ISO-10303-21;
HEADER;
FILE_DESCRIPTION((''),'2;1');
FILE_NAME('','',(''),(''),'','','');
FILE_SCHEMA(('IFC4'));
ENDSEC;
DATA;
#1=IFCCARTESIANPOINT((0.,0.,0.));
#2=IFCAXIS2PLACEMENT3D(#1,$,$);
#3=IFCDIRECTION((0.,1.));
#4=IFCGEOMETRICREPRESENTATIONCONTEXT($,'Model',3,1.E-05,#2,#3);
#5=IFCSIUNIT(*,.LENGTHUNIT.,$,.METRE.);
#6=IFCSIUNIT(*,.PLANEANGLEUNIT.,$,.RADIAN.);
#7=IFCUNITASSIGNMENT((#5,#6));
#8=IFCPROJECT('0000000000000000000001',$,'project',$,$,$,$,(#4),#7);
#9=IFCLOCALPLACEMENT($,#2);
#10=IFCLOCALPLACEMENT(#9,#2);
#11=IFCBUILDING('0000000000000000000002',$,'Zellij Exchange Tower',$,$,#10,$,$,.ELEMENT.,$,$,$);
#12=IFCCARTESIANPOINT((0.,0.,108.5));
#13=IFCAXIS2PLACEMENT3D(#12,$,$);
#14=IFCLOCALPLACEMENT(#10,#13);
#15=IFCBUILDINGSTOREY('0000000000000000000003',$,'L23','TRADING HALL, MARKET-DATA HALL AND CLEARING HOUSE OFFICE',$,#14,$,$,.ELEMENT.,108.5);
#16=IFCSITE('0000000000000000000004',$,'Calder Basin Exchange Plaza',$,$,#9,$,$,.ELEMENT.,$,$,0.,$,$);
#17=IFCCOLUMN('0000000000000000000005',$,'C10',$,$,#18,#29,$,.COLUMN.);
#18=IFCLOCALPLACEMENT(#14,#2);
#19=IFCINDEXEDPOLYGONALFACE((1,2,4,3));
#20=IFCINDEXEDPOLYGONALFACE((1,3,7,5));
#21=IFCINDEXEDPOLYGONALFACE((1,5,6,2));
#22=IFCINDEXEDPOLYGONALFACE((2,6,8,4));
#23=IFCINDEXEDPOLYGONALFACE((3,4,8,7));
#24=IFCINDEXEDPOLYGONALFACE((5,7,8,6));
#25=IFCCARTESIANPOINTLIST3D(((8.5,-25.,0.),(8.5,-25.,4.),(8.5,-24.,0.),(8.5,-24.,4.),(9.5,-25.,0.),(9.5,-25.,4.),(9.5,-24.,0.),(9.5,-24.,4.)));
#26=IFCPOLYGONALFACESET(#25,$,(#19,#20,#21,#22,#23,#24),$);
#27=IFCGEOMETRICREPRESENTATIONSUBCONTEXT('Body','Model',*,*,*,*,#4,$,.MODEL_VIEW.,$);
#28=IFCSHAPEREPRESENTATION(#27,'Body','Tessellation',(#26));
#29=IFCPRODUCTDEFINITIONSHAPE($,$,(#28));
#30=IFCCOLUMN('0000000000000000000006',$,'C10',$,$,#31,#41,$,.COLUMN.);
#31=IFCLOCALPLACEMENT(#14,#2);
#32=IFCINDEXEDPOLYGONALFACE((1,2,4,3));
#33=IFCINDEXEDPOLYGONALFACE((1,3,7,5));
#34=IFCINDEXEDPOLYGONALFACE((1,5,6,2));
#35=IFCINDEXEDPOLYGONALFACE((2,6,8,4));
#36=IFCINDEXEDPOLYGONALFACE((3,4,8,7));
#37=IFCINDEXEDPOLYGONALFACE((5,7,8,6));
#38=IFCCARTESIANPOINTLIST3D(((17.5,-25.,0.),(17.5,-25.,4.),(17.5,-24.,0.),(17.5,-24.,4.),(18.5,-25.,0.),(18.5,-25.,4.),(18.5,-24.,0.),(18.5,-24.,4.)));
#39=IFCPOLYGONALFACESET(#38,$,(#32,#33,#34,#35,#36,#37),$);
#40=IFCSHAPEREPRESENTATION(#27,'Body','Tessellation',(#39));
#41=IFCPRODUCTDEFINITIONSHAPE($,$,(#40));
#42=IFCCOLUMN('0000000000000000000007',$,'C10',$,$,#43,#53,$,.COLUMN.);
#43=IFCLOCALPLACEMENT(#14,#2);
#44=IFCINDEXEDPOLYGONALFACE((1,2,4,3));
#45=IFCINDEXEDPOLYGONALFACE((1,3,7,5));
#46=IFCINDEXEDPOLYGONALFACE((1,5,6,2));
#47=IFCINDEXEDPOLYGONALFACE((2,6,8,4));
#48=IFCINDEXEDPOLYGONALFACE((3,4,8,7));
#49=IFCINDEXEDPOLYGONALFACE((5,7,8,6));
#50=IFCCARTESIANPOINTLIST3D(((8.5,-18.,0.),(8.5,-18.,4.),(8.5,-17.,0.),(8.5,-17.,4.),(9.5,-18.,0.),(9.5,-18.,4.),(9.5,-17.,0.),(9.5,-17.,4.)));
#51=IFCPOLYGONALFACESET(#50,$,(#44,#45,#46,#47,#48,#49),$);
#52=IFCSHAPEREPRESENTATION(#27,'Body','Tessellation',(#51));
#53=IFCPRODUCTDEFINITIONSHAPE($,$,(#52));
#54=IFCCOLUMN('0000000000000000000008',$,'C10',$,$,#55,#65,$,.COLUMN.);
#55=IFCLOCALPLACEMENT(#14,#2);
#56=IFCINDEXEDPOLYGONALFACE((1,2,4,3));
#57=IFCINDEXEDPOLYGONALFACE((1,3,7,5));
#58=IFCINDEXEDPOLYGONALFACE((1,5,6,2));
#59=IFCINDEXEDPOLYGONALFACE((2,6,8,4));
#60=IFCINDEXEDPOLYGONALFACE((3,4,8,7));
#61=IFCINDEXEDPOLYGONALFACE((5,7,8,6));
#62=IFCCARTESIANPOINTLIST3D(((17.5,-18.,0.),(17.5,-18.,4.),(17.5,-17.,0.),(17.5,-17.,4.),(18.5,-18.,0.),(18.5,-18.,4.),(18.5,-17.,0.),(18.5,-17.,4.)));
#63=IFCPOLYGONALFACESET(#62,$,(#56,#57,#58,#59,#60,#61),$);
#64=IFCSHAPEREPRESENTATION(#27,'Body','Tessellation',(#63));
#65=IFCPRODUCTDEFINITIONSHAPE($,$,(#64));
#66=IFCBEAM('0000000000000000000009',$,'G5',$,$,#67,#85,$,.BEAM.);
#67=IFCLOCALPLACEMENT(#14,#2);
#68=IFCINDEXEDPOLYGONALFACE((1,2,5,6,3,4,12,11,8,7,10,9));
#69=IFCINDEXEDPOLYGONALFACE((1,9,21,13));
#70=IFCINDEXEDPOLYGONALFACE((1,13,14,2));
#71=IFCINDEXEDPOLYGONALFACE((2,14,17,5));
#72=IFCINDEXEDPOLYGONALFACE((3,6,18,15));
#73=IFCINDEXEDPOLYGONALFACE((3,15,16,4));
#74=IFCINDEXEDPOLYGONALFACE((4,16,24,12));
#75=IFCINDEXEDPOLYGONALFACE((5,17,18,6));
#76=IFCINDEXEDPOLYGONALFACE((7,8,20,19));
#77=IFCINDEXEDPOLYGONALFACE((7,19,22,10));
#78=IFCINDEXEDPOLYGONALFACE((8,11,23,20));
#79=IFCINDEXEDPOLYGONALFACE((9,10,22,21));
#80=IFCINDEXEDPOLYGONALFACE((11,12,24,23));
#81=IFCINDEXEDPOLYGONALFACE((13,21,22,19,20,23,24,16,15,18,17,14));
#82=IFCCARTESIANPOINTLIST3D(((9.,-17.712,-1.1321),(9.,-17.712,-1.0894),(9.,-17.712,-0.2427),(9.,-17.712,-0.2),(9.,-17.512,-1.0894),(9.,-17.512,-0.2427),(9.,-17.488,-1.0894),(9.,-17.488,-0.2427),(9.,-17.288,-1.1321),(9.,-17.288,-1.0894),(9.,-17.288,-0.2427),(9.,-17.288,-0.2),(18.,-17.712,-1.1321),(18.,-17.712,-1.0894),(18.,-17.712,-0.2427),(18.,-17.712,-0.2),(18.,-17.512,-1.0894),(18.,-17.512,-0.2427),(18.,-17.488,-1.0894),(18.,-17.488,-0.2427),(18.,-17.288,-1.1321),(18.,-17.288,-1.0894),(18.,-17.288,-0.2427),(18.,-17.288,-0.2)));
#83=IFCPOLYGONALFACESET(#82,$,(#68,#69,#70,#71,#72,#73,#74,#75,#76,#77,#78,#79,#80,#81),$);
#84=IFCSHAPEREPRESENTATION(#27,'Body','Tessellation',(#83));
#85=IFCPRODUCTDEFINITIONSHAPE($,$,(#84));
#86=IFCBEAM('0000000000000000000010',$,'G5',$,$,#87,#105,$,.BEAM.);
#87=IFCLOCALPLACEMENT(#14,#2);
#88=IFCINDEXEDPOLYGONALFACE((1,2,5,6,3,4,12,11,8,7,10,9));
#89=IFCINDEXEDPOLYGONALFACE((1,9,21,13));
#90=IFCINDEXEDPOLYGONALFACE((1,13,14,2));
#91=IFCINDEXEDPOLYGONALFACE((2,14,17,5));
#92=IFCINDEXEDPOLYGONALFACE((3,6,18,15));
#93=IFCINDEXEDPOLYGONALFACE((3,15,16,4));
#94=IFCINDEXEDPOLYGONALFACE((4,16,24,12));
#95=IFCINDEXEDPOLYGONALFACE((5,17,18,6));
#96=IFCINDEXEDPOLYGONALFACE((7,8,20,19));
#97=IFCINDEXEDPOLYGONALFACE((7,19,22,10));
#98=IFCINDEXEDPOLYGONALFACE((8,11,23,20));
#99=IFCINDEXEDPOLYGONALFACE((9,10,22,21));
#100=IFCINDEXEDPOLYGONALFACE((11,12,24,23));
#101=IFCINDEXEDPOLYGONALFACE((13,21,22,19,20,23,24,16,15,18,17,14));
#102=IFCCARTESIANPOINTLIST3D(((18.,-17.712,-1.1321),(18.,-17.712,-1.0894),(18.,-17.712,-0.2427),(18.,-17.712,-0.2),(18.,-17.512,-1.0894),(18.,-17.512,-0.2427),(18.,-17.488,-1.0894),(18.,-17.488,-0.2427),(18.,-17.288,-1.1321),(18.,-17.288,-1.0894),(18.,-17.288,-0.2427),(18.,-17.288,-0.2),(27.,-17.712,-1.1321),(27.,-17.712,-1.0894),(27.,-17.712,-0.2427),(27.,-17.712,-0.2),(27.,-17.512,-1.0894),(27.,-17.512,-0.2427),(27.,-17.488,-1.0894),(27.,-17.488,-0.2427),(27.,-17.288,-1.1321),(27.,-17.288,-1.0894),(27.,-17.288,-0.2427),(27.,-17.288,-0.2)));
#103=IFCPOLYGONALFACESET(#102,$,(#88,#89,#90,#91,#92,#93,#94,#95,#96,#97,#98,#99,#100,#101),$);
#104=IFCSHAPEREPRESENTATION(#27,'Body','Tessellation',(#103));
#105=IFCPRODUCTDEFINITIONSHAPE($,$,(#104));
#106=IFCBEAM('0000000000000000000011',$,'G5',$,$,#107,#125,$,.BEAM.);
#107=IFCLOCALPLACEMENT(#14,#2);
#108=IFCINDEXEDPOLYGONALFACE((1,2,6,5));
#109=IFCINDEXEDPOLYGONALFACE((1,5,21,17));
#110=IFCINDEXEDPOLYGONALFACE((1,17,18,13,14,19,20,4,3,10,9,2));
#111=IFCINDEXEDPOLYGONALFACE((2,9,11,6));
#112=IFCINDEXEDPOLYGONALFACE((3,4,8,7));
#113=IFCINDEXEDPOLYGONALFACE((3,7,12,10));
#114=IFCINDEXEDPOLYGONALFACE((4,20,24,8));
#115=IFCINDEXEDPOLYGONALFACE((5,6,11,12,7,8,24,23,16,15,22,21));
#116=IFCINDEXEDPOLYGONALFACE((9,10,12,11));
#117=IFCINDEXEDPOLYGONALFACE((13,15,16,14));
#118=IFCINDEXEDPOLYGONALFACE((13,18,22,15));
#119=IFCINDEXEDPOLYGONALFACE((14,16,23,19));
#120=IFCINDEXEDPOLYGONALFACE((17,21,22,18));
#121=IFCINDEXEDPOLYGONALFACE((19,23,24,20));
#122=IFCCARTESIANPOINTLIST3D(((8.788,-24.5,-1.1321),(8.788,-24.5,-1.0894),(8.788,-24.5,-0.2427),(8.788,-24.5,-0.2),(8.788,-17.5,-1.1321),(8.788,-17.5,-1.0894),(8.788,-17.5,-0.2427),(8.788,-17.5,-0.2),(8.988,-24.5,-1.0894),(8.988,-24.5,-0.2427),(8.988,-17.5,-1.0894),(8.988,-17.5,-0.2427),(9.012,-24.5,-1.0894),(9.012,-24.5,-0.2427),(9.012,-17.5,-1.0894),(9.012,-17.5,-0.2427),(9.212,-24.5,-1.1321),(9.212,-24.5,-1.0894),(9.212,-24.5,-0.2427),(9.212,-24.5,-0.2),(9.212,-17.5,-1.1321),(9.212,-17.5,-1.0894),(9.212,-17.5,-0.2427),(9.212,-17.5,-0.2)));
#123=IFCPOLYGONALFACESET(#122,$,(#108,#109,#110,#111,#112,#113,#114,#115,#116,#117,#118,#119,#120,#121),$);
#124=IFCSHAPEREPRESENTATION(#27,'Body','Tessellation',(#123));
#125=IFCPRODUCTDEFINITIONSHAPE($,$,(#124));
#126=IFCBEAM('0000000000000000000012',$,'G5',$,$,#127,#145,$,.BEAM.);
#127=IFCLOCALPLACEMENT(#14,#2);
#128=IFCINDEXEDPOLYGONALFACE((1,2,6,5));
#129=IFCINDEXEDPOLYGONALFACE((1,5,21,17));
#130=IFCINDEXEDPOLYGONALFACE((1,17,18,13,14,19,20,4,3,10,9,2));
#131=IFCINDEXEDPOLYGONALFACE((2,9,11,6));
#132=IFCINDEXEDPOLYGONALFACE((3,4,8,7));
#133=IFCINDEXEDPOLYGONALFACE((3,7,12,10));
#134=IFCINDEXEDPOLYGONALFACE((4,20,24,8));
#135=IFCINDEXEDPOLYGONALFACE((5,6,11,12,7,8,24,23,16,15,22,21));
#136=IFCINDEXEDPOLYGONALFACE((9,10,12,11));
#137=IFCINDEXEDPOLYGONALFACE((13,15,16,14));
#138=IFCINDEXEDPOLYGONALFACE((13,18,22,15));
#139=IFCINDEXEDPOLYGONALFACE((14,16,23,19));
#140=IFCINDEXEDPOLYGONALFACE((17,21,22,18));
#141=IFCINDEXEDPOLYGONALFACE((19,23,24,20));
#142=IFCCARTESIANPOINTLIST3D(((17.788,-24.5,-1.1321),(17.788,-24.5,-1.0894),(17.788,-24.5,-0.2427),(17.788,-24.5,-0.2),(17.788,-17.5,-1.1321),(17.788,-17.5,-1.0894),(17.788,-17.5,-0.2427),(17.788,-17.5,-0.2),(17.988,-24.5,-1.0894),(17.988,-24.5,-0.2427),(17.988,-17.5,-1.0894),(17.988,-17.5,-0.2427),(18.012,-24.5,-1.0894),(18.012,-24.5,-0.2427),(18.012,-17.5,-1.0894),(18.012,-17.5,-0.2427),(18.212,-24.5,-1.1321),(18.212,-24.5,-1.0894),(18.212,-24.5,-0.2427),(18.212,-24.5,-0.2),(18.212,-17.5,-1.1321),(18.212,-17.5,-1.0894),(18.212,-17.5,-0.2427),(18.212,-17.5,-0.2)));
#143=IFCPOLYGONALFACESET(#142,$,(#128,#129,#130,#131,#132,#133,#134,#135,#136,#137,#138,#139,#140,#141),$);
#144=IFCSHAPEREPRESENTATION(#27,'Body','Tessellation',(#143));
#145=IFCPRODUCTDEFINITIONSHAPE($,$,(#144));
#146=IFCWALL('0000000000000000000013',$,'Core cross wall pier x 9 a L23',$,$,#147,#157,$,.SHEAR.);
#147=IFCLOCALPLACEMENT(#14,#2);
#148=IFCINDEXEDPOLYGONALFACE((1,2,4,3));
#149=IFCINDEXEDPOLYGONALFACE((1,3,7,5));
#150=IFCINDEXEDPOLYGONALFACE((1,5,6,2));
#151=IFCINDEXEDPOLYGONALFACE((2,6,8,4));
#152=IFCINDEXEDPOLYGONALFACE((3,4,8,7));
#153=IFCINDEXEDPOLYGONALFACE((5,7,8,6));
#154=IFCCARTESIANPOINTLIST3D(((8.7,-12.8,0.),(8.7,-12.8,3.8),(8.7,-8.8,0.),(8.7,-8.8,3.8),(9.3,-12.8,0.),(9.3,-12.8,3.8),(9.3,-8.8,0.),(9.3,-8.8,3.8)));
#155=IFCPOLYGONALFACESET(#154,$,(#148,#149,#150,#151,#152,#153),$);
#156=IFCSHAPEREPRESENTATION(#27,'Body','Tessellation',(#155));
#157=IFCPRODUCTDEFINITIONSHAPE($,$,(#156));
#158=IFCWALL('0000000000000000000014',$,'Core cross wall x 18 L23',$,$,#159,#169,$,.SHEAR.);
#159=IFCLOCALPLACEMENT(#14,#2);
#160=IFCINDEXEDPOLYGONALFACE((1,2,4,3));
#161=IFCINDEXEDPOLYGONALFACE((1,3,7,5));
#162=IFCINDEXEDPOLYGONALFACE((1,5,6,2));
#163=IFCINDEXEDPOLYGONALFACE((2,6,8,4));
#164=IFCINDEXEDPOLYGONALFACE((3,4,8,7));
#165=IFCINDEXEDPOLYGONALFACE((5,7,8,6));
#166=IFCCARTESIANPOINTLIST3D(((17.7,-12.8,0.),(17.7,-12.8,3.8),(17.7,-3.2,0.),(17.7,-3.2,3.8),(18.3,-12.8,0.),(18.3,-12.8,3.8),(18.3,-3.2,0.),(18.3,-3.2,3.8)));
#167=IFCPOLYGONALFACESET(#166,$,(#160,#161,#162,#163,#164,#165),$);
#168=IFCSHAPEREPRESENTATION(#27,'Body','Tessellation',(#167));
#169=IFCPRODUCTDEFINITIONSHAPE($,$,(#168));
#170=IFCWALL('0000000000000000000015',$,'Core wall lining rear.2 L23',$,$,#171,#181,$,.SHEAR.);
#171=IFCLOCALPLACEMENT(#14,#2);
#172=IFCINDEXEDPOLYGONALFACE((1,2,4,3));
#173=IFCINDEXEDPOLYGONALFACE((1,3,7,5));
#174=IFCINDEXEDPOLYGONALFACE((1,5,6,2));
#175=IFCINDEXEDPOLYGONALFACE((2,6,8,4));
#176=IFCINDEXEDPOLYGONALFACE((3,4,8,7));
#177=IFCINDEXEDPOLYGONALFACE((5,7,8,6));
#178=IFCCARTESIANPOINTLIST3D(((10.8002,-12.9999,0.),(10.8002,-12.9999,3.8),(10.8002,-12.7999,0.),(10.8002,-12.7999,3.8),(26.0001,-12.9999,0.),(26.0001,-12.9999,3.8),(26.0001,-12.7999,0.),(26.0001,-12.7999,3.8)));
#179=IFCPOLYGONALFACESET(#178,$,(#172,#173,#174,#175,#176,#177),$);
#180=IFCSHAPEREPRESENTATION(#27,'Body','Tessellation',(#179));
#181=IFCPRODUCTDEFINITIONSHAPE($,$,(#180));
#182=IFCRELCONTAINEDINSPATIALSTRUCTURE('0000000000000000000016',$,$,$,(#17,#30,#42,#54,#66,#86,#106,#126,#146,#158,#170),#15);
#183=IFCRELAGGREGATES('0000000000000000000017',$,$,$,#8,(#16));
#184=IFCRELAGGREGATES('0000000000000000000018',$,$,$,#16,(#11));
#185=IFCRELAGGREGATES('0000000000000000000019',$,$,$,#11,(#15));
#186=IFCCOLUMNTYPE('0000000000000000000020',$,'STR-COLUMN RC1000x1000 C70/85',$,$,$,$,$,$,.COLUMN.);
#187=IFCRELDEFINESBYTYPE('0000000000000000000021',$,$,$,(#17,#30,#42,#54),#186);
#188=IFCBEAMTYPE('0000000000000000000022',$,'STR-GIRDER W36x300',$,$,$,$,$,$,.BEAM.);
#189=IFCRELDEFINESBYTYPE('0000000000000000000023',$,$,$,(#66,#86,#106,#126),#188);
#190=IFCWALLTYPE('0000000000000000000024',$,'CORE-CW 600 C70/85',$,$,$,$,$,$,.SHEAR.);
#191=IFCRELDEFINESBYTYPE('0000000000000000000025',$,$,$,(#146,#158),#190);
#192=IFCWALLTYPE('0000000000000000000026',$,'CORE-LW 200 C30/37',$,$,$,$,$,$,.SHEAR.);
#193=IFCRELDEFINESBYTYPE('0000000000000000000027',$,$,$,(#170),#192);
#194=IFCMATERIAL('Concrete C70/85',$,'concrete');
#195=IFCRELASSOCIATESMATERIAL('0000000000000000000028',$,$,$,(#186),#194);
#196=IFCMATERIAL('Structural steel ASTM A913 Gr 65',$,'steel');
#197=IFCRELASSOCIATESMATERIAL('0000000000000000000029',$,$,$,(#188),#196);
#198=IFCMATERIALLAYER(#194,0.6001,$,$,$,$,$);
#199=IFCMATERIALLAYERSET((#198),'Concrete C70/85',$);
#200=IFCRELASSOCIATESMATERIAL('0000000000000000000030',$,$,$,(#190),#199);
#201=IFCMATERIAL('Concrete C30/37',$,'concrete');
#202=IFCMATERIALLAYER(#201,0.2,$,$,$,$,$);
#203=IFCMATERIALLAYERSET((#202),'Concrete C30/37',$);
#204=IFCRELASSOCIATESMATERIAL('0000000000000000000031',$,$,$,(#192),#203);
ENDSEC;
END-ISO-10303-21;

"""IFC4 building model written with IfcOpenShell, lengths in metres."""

from ifc_helpers import new_model, si_unit, direction, frame, frame_2d, origin, origin_2d, place, context, subcontext, project, spatial, rectangle, i_section, extrude, material, layer, layer_set, material_profile, profile_set, type_object, element, save


model = new_model("IFC4")

# Units and contexts
model_context = context("Model", 3, precision=1e-05, world=origin(), true_north=direction((0.0, 1.0)))
body_context = subcontext(model_context, "Body", "Model", "MODEL_VIEW")
ifc_project = project(units=[si_unit("LENGTHUNIT", "METRE"), si_unit("PLANEANGLEUNIT", "RADIAN")], contexts=[model_context])

# Site, building, storey
site_placement = place(None, origin())
site = spatial("IfcSite", under=ifc_project, at=site_placement, Name="Calder Basin Exchange Plaza", CompositionType="ELEMENT", RefElevation=0.0)
building_placement = place(site_placement, origin())
building = spatial("IfcBuilding", under=site, at=building_placement, Name="Zellij Exchange Tower", CompositionType="ELEMENT")
storey_placement = place(building_placement, frame((0.0, 0.0, 108.5)))
storey = spatial("IfcBuildingStorey", under=building, at=storey_placement, Name="L23", Description="TRADING HALL, MARKET-DATA HALL AND CLEARING HOUSE OFFICE", CompositionType="ELEMENT", Elevation=108.5)

# Columns
ifc_material_1 = material(Name="Concrete C70/85", Category="concrete")
ifc_material_profile_1 = material_profile(ifc_material_1, rectangle(XDim=1.0, YDim=1.0, at=origin_2d()), Name="STR-COLUMN RC1000x1000 C70/85")
ifc_profile_set_1 = profile_set([ifc_material_profile_1], Name="Concrete C70/85")
column_type = type_object("IfcColumnType", Name="STR-COLUMN RC1000x1000 C70/85", PredefinedType="COLUMN", material=ifc_profile_set_1)
for number, where, z_axis, x_axis, name in (
    (1, (9.0, -24.5, 0.0), (0.0, 0.0, 1.0), (1.0, 0.0, 0.0), "C10"),
    (2, (18.0, -24.5, 0.0), (0.0, 0.0, 1.0), (1.0, 0.0, 0.0), "C10"),
    (3, (9.0, -17.5, 0.0), (0.0, 0.0, 1.0), (1.0, 0.0, 0.0), "C10"),
    (4, (18.0, -17.5, 0.0), (0.0, 0.0, 1.0), (1.0, 0.0, 0.0), "C10"),
):
    element("IfcColumn", number, at=place(storey_placement, frame(where, z_axis=z_axis, x_axis=x_axis)), inside=storey, type_object=column_type, Name=name, PredefinedType="COLUMN", context=body_context, shape_type="SweptSolid", body=[
        extrude(rectangle(XDim=1.0, YDim=1.0, at=origin_2d()), origin(), (0.0, 0.0, 1.0), 4.0),
    ])

# Beams
ifc_material_2 = material(Name="Structural steel ASTM A913 Gr 65", Category="steel")
ifc_material_profile_2 = material_profile(ifc_material_2, i_section(OverallWidth=0.4241, OverallDepth=0.9321, WebThickness=0.0239, FlangeThickness=0.0427, at=origin_2d()), Name="W36x300")
ifc_profile_set_2 = profile_set([ifc_material_profile_2], Name="Structural steel ASTM A913 Gr 65")
beam_type = type_object("IfcBeamType", Name="STR-GIRDER W36x300", PredefinedType="BEAM", material=ifc_profile_set_2)
for number, where, z_axis, x_axis, name in (
    (5, (9.0, -17.5, -0.666), (1.0, 0.0, 0.0), (0.0, 1.0, 0.0), "G5"),
    (6, (18.0, -17.5, -0.666), (1.0, 0.0, 0.0), (0.0, 1.0, 0.0), "G5"),
):
    element("IfcBeam", number, at=place(storey_placement, frame(where, z_axis=z_axis, x_axis=x_axis)), inside=storey, type_object=beam_type, Name=name, PredefinedType="BEAM", context=body_context, shape_type="SweptSolid", body=[
        extrude(i_section(OverallWidth=0.4241, OverallDepth=0.9321, WebThickness=0.0239, FlangeThickness=0.0427, at=origin_2d()), origin(), (0.0, 0.0, 1.0), 9.0),
    ])
for number, where, z_axis, x_axis, name in (
    (7, (9.0, -24.5, -0.666), (0.0, 1.0, 0.0), (-1.0, 0.0, 0.0), "G5"),
    (8, (18.0, -24.5, -0.666), (0.0, 1.0, 0.0), (-1.0, 0.0, 0.0), "G5"),
):
    element("IfcBeam", number, at=place(storey_placement, frame(where, z_axis=z_axis, x_axis=x_axis)), inside=storey, type_object=beam_type, Name=name, PredefinedType="BEAM", context=body_context, shape_type="SweptSolid", body=[
        extrude(i_section(OverallWidth=0.4241, OverallDepth=0.9321, WebThickness=0.0239, FlangeThickness=0.0427, at=origin_2d()), origin(), (0.0, 0.0, 1.0), 7.0),
    ])

# Walls
ifc_layer_1 = layer(ifc_material_1, 0.6001)
ifc_layer_set_1 = layer_set([ifc_layer_1], Name="Concrete C70/85")
wall_type_1 = type_object("IfcWallType", Name="CORE-CW 600 C70/85", PredefinedType="SHEAR", material=ifc_layer_set_1)
wall_1_placement = place(storey_placement, frame((9.0, -12.8, 0.0), z_axis=(0.0, 0.0, 1.0), x_axis=(0.0, 1.0, 0.0)))
element("IfcWall", 9, at=wall_1_placement, inside=storey, type_object=wall_type_1, Name="Core cross wall pier x 9 a L23", PredefinedType="SHEAR", context=body_context, shape_type="SweptSolid", body=[
    extrude(rectangle(XDim=4.0, YDim=0.6001, at=frame_2d((2.0, 0.0))), origin(), (0.0, 0.0, 1.0), 3.8),
])
wall_2_placement = place(storey_placement, frame((18.0, -12.8, 0.0), z_axis=(0.0, 0.0, 1.0), x_axis=(0.0, 1.0, 0.0)))
element("IfcWall", 10, at=wall_2_placement, inside=storey, type_object=wall_type_1, Name="Core cross wall x 18 L23", PredefinedType="SHEAR", context=body_context, shape_type="SweptSolid", body=[
    extrude(rectangle(XDim=9.6001, YDim=0.6001, at=frame_2d((4.8, 0.0))), origin(), (0.0, 0.0, 1.0), 3.8),
])
ifc_material_3 = material(Name="Concrete C30/37", Category="concrete")
ifc_layer_2 = layer(ifc_material_3, 0.2)
ifc_layer_set_2 = layer_set([ifc_layer_2], Name="Concrete C30/37")
wall_type_2 = type_object("IfcWallType", Name="CORE-LW 200 C30/37", PredefinedType="SHEAR", material=ifc_layer_set_2)
wall_3_placement = place(storey_placement, frame((10.8, -12.8999, 0.0), z_axis=(0.0, 0.0, 1.0), x_axis=(1.0, 0.0, 0.0)))
element("IfcWall", 11, at=wall_3_placement, inside=storey, type_object=wall_type_2, Name="Core wall lining rear.2 L23", PredefinedType="SHEAR", context=body_context, shape_type="SweptSolid", body=[
    extrude(rectangle(XDim=15.2, YDim=0.2, at=frame_2d((7.6001, 0.0))), origin(), (0.0, 0.0, 1.0), 3.8),
])

save(model, "model.ifc")
